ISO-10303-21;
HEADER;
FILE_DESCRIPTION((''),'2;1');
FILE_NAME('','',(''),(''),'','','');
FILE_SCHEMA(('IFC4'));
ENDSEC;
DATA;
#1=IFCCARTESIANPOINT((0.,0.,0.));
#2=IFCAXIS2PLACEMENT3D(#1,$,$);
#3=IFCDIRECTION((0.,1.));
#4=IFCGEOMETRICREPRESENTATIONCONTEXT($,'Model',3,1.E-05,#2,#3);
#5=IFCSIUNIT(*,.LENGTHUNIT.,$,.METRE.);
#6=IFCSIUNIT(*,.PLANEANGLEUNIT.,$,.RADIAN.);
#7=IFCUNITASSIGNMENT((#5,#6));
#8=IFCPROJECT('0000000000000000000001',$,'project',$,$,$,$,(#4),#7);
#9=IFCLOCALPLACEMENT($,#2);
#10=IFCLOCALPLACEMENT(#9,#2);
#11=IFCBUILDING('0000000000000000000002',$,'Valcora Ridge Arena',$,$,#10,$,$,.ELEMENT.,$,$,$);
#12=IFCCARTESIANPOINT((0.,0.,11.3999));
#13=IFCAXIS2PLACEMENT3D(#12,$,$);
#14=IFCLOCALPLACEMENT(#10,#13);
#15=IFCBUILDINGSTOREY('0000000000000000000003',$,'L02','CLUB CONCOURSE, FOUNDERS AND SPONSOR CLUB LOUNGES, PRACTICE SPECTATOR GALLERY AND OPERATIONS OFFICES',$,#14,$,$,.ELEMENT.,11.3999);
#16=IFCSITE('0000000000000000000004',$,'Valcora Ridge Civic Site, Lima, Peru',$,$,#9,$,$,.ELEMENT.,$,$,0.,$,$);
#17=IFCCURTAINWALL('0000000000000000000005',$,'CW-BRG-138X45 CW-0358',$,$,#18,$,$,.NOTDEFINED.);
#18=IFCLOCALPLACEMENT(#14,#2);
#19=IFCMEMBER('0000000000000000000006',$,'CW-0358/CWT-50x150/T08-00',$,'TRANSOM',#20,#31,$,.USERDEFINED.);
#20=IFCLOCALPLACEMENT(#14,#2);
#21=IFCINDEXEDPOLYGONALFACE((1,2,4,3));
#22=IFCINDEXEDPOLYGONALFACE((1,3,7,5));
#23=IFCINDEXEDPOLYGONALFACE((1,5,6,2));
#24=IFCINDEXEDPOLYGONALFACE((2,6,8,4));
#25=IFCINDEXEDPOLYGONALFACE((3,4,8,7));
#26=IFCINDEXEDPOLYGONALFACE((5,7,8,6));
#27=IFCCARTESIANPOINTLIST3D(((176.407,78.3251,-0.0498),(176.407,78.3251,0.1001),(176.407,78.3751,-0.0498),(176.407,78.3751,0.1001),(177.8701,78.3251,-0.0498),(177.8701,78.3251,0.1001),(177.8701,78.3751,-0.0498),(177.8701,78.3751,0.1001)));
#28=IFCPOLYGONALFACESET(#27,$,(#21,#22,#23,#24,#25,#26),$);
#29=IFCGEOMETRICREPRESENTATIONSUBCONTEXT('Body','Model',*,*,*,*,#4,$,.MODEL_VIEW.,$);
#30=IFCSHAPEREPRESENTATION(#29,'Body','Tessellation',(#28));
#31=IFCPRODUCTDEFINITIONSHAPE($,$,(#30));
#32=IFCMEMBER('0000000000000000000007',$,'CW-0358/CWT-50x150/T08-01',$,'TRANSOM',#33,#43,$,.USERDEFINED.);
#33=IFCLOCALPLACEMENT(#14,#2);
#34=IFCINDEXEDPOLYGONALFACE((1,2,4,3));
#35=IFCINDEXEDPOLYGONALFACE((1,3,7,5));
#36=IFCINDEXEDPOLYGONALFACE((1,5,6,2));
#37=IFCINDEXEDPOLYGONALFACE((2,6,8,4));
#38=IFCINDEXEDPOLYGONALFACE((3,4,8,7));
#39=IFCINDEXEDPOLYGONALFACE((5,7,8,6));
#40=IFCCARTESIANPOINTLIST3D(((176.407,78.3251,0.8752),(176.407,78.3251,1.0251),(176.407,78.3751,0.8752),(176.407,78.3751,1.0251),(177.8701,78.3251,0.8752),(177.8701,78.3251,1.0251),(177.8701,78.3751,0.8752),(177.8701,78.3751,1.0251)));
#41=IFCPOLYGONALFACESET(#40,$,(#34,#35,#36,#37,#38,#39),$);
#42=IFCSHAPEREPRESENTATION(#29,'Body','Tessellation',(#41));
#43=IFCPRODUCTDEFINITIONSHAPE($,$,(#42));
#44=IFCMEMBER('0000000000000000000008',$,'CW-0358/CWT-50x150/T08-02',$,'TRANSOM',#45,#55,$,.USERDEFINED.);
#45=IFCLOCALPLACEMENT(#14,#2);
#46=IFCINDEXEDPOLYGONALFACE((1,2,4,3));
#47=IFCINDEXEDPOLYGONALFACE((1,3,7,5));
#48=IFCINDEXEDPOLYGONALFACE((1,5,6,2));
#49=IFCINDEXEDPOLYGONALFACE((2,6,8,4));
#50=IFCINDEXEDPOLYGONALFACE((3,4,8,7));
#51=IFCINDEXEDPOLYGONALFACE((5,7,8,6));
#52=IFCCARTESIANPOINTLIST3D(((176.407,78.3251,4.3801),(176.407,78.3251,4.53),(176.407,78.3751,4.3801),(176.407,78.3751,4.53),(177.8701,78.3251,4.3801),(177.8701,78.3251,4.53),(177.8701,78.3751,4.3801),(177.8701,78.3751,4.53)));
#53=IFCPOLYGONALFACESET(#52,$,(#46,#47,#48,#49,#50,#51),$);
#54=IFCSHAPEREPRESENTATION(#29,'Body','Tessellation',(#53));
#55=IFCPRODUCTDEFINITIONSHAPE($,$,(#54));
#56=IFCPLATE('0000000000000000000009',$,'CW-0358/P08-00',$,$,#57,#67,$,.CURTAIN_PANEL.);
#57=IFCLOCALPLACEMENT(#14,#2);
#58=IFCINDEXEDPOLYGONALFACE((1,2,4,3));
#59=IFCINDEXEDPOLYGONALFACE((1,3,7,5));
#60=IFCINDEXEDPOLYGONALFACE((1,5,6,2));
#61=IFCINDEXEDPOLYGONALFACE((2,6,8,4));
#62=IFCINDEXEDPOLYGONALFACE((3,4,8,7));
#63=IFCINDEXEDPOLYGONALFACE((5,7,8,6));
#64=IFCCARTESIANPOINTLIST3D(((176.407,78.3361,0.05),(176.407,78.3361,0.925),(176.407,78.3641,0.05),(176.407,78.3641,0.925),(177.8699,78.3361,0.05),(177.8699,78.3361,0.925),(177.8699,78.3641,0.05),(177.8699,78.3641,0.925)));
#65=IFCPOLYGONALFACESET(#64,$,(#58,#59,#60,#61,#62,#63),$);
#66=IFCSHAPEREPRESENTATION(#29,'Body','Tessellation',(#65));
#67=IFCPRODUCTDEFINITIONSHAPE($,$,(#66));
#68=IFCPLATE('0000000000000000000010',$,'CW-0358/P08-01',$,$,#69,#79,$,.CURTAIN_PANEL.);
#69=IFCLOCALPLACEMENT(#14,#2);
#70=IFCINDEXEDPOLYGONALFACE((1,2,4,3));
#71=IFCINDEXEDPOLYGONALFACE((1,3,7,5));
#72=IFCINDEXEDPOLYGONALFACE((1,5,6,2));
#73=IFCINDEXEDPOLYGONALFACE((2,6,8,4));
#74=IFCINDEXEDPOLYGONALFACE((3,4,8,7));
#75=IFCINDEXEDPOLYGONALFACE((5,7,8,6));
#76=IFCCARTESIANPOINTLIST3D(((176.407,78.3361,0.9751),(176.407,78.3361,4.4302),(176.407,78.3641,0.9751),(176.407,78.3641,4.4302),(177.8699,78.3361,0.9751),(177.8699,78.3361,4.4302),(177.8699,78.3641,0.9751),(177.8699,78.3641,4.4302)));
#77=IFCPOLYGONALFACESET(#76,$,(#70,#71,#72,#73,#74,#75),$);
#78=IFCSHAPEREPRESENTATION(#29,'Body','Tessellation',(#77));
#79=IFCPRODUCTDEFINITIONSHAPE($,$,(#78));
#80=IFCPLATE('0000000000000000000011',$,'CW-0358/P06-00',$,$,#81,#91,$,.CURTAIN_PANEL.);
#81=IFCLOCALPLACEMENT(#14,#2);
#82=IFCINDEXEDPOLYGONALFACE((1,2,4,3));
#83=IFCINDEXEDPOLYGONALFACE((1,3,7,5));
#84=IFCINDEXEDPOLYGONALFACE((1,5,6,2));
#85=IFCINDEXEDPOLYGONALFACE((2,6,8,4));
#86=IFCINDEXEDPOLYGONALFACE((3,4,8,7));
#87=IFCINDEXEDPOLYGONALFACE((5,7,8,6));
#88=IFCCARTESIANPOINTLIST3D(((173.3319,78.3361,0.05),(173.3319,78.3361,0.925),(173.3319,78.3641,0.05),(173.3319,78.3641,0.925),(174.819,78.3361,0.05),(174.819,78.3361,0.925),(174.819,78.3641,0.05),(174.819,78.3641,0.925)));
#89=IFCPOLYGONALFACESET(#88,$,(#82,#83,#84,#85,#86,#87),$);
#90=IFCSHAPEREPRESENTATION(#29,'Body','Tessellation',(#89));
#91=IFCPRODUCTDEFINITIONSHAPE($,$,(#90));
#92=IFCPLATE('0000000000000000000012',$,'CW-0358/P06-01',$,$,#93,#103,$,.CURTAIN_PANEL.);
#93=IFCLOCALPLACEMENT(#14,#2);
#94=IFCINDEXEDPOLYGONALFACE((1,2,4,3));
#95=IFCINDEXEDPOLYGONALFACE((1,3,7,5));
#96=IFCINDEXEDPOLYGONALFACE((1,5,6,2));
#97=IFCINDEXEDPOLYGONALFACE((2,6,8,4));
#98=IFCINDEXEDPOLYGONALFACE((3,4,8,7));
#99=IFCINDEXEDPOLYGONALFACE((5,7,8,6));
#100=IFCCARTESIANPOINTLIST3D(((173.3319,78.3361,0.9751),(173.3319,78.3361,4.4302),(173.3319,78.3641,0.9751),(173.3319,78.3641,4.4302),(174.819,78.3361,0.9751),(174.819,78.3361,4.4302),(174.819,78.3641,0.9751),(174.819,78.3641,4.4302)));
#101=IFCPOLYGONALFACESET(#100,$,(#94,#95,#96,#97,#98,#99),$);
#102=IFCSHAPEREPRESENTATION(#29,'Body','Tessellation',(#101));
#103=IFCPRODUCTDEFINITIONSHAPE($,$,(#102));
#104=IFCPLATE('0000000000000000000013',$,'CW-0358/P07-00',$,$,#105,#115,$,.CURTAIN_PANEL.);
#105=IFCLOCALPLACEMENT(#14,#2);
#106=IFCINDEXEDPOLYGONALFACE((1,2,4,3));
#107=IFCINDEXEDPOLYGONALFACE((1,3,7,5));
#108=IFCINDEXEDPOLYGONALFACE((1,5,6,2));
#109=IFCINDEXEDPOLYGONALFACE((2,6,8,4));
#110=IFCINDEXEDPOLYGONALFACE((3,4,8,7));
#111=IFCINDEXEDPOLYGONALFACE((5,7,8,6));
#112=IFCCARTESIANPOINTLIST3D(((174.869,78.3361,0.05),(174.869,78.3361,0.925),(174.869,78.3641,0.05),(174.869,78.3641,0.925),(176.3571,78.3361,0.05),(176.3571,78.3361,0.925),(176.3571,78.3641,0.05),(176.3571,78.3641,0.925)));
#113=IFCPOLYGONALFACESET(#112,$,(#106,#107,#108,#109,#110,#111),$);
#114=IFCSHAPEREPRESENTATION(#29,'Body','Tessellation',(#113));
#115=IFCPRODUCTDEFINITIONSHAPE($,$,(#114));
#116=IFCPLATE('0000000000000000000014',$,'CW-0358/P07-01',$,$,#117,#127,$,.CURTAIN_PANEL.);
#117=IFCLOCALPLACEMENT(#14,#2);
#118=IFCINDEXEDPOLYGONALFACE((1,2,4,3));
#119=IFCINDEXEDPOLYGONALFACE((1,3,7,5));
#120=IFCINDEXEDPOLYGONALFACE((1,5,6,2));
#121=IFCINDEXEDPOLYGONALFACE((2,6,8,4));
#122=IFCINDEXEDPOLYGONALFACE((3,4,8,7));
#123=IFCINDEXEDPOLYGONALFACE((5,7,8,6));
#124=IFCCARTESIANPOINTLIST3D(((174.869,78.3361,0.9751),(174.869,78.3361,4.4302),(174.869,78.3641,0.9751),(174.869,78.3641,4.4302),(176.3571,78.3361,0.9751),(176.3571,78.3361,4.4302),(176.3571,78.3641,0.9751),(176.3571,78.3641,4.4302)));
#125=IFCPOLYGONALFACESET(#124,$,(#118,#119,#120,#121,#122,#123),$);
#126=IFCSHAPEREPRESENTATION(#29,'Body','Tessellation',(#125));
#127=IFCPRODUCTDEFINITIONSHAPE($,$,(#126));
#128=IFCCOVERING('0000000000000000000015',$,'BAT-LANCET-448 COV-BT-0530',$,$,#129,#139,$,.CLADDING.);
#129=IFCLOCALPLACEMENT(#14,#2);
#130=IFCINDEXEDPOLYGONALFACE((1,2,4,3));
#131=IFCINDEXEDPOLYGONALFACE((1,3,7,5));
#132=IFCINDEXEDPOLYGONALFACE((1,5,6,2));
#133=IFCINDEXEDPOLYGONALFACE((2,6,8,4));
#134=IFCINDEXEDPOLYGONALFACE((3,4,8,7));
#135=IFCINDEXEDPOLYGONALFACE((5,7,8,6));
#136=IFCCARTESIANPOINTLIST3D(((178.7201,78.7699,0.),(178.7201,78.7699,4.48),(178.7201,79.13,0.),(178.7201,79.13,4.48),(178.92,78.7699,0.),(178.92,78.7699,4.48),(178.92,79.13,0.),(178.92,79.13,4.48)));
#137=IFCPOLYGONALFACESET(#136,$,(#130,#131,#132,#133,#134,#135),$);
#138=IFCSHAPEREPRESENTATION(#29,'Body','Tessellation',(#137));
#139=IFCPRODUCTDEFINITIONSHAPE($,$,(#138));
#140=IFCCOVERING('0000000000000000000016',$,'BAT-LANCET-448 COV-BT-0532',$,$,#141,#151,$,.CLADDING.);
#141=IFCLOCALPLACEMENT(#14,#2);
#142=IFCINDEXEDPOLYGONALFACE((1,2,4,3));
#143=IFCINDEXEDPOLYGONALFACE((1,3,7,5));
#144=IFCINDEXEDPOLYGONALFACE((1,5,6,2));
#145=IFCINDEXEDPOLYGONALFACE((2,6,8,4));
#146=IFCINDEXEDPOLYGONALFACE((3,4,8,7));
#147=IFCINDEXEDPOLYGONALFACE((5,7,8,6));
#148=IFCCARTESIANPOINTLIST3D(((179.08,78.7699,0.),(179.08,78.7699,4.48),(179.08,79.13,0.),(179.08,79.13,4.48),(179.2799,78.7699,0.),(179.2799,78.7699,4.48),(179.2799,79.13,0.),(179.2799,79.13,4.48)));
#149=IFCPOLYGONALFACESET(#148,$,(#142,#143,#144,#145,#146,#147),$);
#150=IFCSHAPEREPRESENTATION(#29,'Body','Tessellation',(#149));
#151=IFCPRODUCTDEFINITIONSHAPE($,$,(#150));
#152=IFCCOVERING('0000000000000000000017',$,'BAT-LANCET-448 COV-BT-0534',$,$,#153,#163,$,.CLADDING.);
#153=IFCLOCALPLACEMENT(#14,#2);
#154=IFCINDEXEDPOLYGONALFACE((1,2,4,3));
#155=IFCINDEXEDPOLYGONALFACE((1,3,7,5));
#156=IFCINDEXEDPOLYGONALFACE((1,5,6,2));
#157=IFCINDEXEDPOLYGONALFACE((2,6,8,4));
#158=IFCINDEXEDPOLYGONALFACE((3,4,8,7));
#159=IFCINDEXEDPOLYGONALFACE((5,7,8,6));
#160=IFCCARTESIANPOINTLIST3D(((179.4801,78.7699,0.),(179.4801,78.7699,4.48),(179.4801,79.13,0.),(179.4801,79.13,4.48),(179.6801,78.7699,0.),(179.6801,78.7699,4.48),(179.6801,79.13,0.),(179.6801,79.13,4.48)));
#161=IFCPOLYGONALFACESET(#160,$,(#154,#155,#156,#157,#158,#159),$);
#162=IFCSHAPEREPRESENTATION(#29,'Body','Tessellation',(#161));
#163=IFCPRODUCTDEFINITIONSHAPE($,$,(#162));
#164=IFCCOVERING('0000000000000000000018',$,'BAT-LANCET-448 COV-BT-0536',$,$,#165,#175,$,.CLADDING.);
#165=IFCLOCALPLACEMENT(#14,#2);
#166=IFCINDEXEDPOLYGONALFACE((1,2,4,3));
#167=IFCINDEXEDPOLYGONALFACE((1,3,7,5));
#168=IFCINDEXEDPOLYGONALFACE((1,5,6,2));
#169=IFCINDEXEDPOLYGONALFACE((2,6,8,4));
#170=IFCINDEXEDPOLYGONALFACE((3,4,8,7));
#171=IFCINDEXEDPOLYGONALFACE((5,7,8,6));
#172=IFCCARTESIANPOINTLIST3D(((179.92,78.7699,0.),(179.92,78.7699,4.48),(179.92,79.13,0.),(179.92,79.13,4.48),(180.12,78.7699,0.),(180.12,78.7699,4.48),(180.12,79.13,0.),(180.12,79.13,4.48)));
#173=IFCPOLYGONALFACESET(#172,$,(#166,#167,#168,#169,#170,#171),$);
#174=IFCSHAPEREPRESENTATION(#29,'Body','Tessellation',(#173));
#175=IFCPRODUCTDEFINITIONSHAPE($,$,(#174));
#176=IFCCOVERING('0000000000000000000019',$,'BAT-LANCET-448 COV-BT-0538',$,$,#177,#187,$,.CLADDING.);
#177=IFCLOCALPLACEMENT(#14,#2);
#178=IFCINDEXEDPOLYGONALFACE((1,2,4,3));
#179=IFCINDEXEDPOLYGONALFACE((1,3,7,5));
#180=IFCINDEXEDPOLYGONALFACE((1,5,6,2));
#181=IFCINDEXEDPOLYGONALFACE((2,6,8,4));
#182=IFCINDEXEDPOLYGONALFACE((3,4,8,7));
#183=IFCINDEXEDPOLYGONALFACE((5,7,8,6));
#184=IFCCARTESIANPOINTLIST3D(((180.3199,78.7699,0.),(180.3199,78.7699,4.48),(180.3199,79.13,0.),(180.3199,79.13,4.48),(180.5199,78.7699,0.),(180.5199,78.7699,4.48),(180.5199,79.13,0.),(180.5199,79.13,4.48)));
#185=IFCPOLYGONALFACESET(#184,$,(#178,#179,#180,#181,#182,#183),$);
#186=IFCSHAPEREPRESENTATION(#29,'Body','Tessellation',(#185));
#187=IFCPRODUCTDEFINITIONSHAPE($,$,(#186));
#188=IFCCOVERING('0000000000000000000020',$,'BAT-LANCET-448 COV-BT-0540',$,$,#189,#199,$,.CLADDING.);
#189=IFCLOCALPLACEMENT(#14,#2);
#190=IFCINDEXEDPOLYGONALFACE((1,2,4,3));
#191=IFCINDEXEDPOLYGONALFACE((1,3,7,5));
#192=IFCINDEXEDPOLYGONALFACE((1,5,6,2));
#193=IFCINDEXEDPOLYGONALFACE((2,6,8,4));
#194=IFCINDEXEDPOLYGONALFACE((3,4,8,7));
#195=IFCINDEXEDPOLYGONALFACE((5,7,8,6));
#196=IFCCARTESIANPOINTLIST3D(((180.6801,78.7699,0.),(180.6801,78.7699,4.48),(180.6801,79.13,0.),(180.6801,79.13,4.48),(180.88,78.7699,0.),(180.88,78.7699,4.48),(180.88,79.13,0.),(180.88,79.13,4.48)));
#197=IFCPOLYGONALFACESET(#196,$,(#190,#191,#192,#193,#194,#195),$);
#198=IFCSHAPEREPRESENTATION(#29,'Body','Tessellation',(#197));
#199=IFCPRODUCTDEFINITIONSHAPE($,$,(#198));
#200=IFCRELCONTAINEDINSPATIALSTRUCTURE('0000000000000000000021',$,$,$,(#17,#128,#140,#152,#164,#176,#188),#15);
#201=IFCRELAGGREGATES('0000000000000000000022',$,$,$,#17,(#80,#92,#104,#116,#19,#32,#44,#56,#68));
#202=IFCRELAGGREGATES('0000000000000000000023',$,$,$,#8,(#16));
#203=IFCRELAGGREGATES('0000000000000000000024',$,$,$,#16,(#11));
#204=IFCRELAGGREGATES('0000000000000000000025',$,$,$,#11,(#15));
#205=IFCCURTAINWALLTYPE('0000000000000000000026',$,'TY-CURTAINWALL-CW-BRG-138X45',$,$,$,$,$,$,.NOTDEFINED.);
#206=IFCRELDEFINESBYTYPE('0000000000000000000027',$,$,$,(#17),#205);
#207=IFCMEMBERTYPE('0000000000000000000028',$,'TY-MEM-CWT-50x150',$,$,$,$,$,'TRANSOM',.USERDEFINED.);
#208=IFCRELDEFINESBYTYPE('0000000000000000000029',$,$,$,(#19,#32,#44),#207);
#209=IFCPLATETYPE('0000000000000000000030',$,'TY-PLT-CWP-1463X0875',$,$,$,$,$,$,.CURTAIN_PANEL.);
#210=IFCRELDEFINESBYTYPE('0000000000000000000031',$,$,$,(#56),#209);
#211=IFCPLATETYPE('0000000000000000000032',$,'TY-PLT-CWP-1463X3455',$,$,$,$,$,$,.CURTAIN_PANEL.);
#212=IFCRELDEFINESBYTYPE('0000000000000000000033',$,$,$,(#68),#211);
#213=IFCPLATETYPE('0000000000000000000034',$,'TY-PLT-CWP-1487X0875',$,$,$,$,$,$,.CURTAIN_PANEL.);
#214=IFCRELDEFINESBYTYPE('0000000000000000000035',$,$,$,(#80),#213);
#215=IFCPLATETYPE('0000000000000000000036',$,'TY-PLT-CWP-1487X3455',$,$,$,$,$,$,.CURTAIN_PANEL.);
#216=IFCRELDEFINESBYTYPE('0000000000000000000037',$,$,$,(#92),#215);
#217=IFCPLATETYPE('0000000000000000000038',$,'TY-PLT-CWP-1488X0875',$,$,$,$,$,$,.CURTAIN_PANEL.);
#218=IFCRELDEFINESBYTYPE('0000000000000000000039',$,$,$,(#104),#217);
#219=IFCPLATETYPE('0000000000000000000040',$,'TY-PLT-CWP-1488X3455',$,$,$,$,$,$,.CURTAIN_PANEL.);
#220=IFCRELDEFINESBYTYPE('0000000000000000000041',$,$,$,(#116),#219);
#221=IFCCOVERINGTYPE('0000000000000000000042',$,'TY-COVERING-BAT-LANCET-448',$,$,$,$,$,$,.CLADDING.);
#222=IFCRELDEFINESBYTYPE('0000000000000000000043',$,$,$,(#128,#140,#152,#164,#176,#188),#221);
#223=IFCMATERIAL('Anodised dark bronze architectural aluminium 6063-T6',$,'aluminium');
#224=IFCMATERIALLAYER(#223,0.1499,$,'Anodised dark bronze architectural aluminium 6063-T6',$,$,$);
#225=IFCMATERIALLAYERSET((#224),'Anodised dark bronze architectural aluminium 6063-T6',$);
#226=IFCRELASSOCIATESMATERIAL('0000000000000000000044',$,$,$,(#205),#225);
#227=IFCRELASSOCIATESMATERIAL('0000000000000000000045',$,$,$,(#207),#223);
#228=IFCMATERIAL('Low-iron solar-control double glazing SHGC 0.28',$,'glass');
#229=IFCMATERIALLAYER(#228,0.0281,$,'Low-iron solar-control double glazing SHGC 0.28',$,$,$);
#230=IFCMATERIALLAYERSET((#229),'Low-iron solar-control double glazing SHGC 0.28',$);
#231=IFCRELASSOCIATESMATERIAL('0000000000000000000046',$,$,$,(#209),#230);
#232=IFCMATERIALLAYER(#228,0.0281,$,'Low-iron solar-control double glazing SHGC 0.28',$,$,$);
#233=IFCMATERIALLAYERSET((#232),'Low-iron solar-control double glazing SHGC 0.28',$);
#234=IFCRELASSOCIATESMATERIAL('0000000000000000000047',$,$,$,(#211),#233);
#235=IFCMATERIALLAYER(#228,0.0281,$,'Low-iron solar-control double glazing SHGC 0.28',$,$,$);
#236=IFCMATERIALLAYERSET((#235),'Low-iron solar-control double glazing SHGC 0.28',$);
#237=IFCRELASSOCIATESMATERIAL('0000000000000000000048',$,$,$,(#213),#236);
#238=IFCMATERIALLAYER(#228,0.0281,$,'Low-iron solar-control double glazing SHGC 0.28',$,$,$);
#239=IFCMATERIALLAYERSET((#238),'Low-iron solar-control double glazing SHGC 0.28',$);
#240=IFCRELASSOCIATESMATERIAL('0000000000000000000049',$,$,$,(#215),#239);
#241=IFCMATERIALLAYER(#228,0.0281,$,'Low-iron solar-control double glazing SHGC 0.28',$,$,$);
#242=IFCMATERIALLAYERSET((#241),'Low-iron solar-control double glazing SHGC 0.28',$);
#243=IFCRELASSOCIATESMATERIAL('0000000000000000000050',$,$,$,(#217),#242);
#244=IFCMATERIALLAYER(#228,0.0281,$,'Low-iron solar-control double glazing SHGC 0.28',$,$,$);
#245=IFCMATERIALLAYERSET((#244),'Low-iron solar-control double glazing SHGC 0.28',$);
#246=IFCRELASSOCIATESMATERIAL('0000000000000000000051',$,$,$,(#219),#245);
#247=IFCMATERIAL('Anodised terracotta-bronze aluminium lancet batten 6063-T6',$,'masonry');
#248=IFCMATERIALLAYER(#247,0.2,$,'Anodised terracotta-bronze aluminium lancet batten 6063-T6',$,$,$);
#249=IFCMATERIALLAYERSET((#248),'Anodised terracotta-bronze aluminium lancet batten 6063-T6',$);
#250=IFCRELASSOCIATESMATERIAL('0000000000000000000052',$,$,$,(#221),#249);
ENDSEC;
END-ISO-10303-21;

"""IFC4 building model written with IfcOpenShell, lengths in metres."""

from ifc_helpers import new_model, si_unit, direction, frame, origin, origin_2d, place, context, subcontext, project, spatial, rectangle, extrude, material, layer, layer_set, material_profile, profile_set, type_object, element, aggregate, save


model = new_model("IFC4")

# Units and contexts
model_context = context("Model", 3, precision=1e-05, world=origin(), true_north=direction((0.0, 1.0)))
body_context = subcontext(model_context, "Body", "Model", "MODEL_VIEW")
ifc_project = project(units=[si_unit("LENGTHUNIT", "METRE"), si_unit("PLANEANGLEUNIT", "RADIAN")], contexts=[model_context])

# Site, building, storey
site_placement = place(None, origin())
site = spatial("IfcSite", under=ifc_project, at=site_placement, Name="Valcora Ridge Civic Site, Lima, Peru", CompositionType="ELEMENT", RefElevation=0.0)
building_placement = place(site_placement, origin())
building = spatial("IfcBuilding", under=site, at=building_placement, Name="Valcora Ridge Arena", CompositionType="ELEMENT")
storey_placement = place(building_placement, frame((0.0, 0.0, 11.3999)))
storey = spatial("IfcBuildingStorey", under=building, at=storey_placement, Name="L02", Description="CLUB CONCOURSE, FOUNDERS AND SPONSOR CLUB LOUNGES, PRACTICE SPECTATOR GALLERY AND OPERATIONS OFFICES", CompositionType="ELEMENT", Elevation=11.3999)

# Curtain wall, members, plates
ifc_material_1 = material(Name="Anodised dark bronze architectural aluminium 6063-T6", Category="aluminium")
ifc_layer_1 = layer(ifc_material_1, 0.1499, Name="Anodised dark bronze architectural aluminium 6063-T6")
ifc_layer_set_1 = layer_set([ifc_layer_1], Name="Anodised dark bronze architectural aluminium 6063-T6")
curtain_wall_type = type_object("IfcCurtainWallType", Name="TY-CURTAINWALL-CW-BRG-138X45", PredefinedType="NOTDEFINED", material=ifc_layer_set_1)
curtain_wall_placement = place(storey_placement, origin())
curtain_wall = element("IfcCurtainWall", 1, at=curtain_wall_placement, inside=storey, type_object=curtain_wall_type, Name="CW-BRG-138X45 CW-0358", PredefinedType="NOTDEFINED")
ifc_material_profile_1 = material_profile(ifc_material_1, rectangle(XDim=0.05, YDim=0.1499, at=origin_2d()), Name="ALU TRANSOM 50x150")
ifc_profile_set_1 = profile_set([ifc_material_profile_1], Name="Anodised dark bronze architectural aluminium 6063-T6")
member_type_1 = type_object("IfcMemberType", Name="TY-MEM-CWT-50x150", ElementType="TRANSOM", PredefinedType="USERDEFINED", material=ifc_profile_set_1)
member_1_placement = place(storey_placement, frame((176.407, 78.3501, 0.0251), z_axis=(1.0, 0.0, 0.0), x_axis=(0.0, 1.0, 0.0)))
member_1 = element("IfcMember", 2, at=member_1_placement, type_object=member_type_1, Name="CW-0358/CWT-50x150/T08-00", ObjectType="TRANSOM", PredefinedType="USERDEFINED", context=body_context, shape_type="SweptSolid", body=[
    extrude(rectangle(XDim=0.05, YDim=0.1499, at=origin_2d()), origin(), (0.0, 0.0, 1.0), 1.4631),
])
member_2_placement = place(storey_placement, frame((176.407, 78.3501, 0.9502), z_axis=(1.0, 0.0, 0.0), x_axis=(0.0, 1.0, 0.0)))
member_2 = element("IfcMember", 3, at=member_2_placement, type_object=member_type_1, Name="CW-0358/CWT-50x150/T08-01", ObjectType="TRANSOM", PredefinedType="USERDEFINED", context=body_context, shape_type="SweptSolid", body=[
    extrude(rectangle(XDim=0.05, YDim=0.1499, at=origin_2d()), origin(), (0.0, 0.0, 1.0), 1.4631),
])
member_3_placement = place(storey_placement, frame((176.407, 78.3501, 4.4551), z_axis=(1.0, 0.0, 0.0), x_axis=(0.0, 1.0, 0.0)))
member_3 = element("IfcMember", 4, at=member_3_placement, type_object=member_type_1, Name="CW-0358/CWT-50x150/T08-02", ObjectType="TRANSOM", PredefinedType="USERDEFINED", context=body_context, shape_type="SweptSolid", body=[
    extrude(rectangle(XDim=0.05, YDim=0.1499, at=origin_2d()), origin(), (0.0, 0.0, 1.0), 1.4631),
])
ifc_material_2 = material(Name="Low-iron solar-control double glazing SHGC 0.28", Category="glass")
ifc_layer_2 = layer(ifc_material_2, 0.0281, Name="Low-iron solar-control double glazing SHGC 0.28")
ifc_layer_set_2 = layer_set([ifc_layer_2], Name="Low-iron solar-control double glazing SHGC 0.28")
plate_type_1 = type_object("IfcPlateType", Name="TY-PLT-CWP-1463X0875", PredefinedType="CURTAIN_PANEL", material=ifc_layer_set_2)
plate_1_placement = place(storey_placement, frame((177.1384, 78.3501, 0.05), z_axis=(0.0, 0.0, 1.0), x_axis=(1.0, 0.0, 0.0)))
plate_1 = element("IfcPlate", 5, at=plate_1_placement, type_object=plate_type_1, Name="CW-0358/P08-00", PredefinedType="CURTAIN_PANEL", context=body_context, shape_type="SweptSolid", body=[
    extrude(rectangle(XDim=1.4629, YDim=0.0281, at=origin_2d()), origin(), (0.0, 0.0, 1.0), 0.875),
])
ifc_layer_3 = layer(ifc_material_2, 0.0281, Name="Low-iron solar-control double glazing SHGC 0.28")
ifc_layer_set_3 = layer_set([ifc_layer_3], Name="Low-iron solar-control double glazing SHGC 0.28")
plate_type_2 = type_object("IfcPlateType", Name="TY-PLT-CWP-1463X3455", PredefinedType="CURTAIN_PANEL", material=ifc_layer_set_3)
plate_2_placement = place(storey_placement, frame((177.1384, 78.3501, 0.9751), z_axis=(0.0, 0.0, 1.0), x_axis=(1.0, 0.0, 0.0)))
plate_2 = element("IfcPlate", 6, at=plate_2_placement, type_object=plate_type_2, Name="CW-0358/P08-01", PredefinedType="CURTAIN_PANEL", context=body_context, shape_type="SweptSolid", body=[
    extrude(rectangle(XDim=1.4629, YDim=0.0281, at=origin_2d()), origin(), (0.0, 0.0, 1.0), 3.4551),
])
ifc_layer_4 = layer(ifc_material_2, 0.0281, Name="Low-iron solar-control double glazing SHGC 0.28")
ifc_layer_set_4 = layer_set([ifc_layer_4], Name="Low-iron solar-control double glazing SHGC 0.28")
plate_type_3 = type_object("IfcPlateType", Name="TY-PLT-CWP-1487X0875", PredefinedType="CURTAIN_PANEL", material=ifc_layer_set_4)
plate_3_placement = place(storey_placement, frame((174.0754, 78.3501, 0.05), z_axis=(0.0, 0.0, 1.0), x_axis=(1.0, 0.0, 0.0)))
plate_3 = element("IfcPlate", 7, at=plate_3_placement, type_object=plate_type_3, Name="CW-0358/P06-00", PredefinedType="CURTAIN_PANEL", context=body_context, shape_type="SweptSolid", body=[
    extrude(rectangle(XDim=1.4871, YDim=0.0281, at=origin_2d()), origin(), (0.0, 0.0, 1.0), 0.875),
])
ifc_layer_5 = layer(ifc_material_2, 0.0281, Name="Low-iron solar-control double glazing SHGC 0.28")
ifc_layer_set_5 = layer_set([ifc_layer_5], Name="Low-iron solar-control double glazing SHGC 0.28")
plate_type_4 = type_object("IfcPlateType", Name="TY-PLT-CWP-1487X3455", PredefinedType="CURTAIN_PANEL", material=ifc_layer_set_5)
plate_4_placement = place(storey_placement, frame((174.0754, 78.3501, 0.9751), z_axis=(0.0, 0.0, 1.0), x_axis=(1.0, 0.0, 0.0)))
plate_4 = element("IfcPlate", 8, at=plate_4_placement, type_object=plate_type_4, Name="CW-0358/P06-01", PredefinedType="CURTAIN_PANEL", context=body_context, shape_type="SweptSolid", body=[
    extrude(rectangle(XDim=1.4871, YDim=0.0281, at=origin_2d()), origin(), (0.0, 0.0, 1.0), 3.4551),
])
ifc_layer_6 = layer(ifc_material_2, 0.0281, Name="Low-iron solar-control double glazing SHGC 0.28")
ifc_layer_set_6 = layer_set([ifc_layer_6], Name="Low-iron solar-control double glazing SHGC 0.28")
plate_type_5 = type_object("IfcPlateType", Name="TY-PLT-CWP-1488X0875", PredefinedType="CURTAIN_PANEL", material=ifc_layer_set_6)
plate_5_placement = place(storey_placement, frame((175.613, 78.3501, 0.05), z_axis=(0.0, 0.0, 1.0), x_axis=(1.0, 0.0, 0.0)))
plate_5 = element("IfcPlate", 9, at=plate_5_placement, type_object=plate_type_5, Name="CW-0358/P07-00", PredefinedType="CURTAIN_PANEL", context=body_context, shape_type="SweptSolid", body=[
    extrude(rectangle(XDim=1.488, YDim=0.0281, at=origin_2d()), origin(), (0.0, 0.0, 1.0), 0.875),
])
ifc_layer_7 = layer(ifc_material_2, 0.0281, Name="Low-iron solar-control double glazing SHGC 0.28")
ifc_layer_set_7 = layer_set([ifc_layer_7], Name="Low-iron solar-control double glazing SHGC 0.28")
plate_type_6 = type_object("IfcPlateType", Name="TY-PLT-CWP-1488X3455", PredefinedType="CURTAIN_PANEL", material=ifc_layer_set_7)
plate_6_placement = place(storey_placement, frame((175.613, 78.3501, 0.9751), z_axis=(0.0, 0.0, 1.0), x_axis=(1.0, 0.0, 0.0)))
plate_6 = element("IfcPlate", 10, at=plate_6_placement, type_object=plate_type_6, Name="CW-0358/P07-01", PredefinedType="CURTAIN_PANEL", context=body_context, shape_type="SweptSolid", body=[
    extrude(rectangle(XDim=1.488, YDim=0.0281, at=origin_2d()), origin(), (0.0, 0.0, 1.0), 3.4551),
])
aggregate(curtain_wall, [plate_3, plate_4, plate_5, plate_6, member_1, member_2, member_3, plate_1, plate_2])

# Coverings
ifc_material_3 = material(Name="Anodised terracotta-bronze aluminium lancet batten 6063-T6", Category="masonry")
ifc_layer_8 = layer(ifc_material_3, 0.2, Name="Anodised terracotta-bronze aluminium lancet batten 6063-T6")
ifc_layer_set_8 = layer_set([ifc_layer_8], Name="Anodised terracotta-bronze aluminium lancet batten 6063-T6")
covering_type = type_object("IfcCoveringType", Name="TY-COVERING-BAT-LANCET-448", PredefinedType="CLADDING", material=ifc_layer_set_8)
for number, where, z_axis, x_axis, name in (
    (11, (178.8201, 78.95, 0.0), (0.0, 0.0, 1.0), (1.0, 0.0, 0.0), "BAT-LANCET-448 COV-BT-0530"),
    (12, (179.1799, 78.95, 0.0), (0.0, 0.0, 1.0), (1.0, 0.0, 0.0), "BAT-LANCET-448 COV-BT-0532"),
    (13, (179.5801, 78.95, 0.0), (0.0, 0.0, 1.0), (1.0, 0.0, 0.0), "BAT-LANCET-448 COV-BT-0534"),
    (14, (180.02, 78.95, 0.0), (0.0, 0.0, 1.0), (1.0, 0.0, 0.0), "BAT-LANCET-448 COV-BT-0536"),
    (15, (180.4199, 78.95, 0.0), (0.0, 0.0, 1.0), (1.0, 0.0, 0.0), "BAT-LANCET-448 COV-BT-0538"),
    (16, (180.78, 78.95, 0.0), (0.0, 0.0, 1.0), (1.0, 0.0, 0.0), "BAT-LANCET-448 COV-BT-0540"),
):
    element("IfcCovering", number, at=place(storey_placement, frame(where, z_axis=z_axis, x_axis=x_axis)), inside=storey, type_object=covering_type, Name=name, PredefinedType="CLADDING", context=body_context, shape_type="SweptSolid", body=[
        extrude(rectangle(XDim=0.2, YDim=0.3601, at=origin_2d()), origin(), (0.0, 0.0, 1.0), 4.48),
    ])

save(model, "model.ifc")
